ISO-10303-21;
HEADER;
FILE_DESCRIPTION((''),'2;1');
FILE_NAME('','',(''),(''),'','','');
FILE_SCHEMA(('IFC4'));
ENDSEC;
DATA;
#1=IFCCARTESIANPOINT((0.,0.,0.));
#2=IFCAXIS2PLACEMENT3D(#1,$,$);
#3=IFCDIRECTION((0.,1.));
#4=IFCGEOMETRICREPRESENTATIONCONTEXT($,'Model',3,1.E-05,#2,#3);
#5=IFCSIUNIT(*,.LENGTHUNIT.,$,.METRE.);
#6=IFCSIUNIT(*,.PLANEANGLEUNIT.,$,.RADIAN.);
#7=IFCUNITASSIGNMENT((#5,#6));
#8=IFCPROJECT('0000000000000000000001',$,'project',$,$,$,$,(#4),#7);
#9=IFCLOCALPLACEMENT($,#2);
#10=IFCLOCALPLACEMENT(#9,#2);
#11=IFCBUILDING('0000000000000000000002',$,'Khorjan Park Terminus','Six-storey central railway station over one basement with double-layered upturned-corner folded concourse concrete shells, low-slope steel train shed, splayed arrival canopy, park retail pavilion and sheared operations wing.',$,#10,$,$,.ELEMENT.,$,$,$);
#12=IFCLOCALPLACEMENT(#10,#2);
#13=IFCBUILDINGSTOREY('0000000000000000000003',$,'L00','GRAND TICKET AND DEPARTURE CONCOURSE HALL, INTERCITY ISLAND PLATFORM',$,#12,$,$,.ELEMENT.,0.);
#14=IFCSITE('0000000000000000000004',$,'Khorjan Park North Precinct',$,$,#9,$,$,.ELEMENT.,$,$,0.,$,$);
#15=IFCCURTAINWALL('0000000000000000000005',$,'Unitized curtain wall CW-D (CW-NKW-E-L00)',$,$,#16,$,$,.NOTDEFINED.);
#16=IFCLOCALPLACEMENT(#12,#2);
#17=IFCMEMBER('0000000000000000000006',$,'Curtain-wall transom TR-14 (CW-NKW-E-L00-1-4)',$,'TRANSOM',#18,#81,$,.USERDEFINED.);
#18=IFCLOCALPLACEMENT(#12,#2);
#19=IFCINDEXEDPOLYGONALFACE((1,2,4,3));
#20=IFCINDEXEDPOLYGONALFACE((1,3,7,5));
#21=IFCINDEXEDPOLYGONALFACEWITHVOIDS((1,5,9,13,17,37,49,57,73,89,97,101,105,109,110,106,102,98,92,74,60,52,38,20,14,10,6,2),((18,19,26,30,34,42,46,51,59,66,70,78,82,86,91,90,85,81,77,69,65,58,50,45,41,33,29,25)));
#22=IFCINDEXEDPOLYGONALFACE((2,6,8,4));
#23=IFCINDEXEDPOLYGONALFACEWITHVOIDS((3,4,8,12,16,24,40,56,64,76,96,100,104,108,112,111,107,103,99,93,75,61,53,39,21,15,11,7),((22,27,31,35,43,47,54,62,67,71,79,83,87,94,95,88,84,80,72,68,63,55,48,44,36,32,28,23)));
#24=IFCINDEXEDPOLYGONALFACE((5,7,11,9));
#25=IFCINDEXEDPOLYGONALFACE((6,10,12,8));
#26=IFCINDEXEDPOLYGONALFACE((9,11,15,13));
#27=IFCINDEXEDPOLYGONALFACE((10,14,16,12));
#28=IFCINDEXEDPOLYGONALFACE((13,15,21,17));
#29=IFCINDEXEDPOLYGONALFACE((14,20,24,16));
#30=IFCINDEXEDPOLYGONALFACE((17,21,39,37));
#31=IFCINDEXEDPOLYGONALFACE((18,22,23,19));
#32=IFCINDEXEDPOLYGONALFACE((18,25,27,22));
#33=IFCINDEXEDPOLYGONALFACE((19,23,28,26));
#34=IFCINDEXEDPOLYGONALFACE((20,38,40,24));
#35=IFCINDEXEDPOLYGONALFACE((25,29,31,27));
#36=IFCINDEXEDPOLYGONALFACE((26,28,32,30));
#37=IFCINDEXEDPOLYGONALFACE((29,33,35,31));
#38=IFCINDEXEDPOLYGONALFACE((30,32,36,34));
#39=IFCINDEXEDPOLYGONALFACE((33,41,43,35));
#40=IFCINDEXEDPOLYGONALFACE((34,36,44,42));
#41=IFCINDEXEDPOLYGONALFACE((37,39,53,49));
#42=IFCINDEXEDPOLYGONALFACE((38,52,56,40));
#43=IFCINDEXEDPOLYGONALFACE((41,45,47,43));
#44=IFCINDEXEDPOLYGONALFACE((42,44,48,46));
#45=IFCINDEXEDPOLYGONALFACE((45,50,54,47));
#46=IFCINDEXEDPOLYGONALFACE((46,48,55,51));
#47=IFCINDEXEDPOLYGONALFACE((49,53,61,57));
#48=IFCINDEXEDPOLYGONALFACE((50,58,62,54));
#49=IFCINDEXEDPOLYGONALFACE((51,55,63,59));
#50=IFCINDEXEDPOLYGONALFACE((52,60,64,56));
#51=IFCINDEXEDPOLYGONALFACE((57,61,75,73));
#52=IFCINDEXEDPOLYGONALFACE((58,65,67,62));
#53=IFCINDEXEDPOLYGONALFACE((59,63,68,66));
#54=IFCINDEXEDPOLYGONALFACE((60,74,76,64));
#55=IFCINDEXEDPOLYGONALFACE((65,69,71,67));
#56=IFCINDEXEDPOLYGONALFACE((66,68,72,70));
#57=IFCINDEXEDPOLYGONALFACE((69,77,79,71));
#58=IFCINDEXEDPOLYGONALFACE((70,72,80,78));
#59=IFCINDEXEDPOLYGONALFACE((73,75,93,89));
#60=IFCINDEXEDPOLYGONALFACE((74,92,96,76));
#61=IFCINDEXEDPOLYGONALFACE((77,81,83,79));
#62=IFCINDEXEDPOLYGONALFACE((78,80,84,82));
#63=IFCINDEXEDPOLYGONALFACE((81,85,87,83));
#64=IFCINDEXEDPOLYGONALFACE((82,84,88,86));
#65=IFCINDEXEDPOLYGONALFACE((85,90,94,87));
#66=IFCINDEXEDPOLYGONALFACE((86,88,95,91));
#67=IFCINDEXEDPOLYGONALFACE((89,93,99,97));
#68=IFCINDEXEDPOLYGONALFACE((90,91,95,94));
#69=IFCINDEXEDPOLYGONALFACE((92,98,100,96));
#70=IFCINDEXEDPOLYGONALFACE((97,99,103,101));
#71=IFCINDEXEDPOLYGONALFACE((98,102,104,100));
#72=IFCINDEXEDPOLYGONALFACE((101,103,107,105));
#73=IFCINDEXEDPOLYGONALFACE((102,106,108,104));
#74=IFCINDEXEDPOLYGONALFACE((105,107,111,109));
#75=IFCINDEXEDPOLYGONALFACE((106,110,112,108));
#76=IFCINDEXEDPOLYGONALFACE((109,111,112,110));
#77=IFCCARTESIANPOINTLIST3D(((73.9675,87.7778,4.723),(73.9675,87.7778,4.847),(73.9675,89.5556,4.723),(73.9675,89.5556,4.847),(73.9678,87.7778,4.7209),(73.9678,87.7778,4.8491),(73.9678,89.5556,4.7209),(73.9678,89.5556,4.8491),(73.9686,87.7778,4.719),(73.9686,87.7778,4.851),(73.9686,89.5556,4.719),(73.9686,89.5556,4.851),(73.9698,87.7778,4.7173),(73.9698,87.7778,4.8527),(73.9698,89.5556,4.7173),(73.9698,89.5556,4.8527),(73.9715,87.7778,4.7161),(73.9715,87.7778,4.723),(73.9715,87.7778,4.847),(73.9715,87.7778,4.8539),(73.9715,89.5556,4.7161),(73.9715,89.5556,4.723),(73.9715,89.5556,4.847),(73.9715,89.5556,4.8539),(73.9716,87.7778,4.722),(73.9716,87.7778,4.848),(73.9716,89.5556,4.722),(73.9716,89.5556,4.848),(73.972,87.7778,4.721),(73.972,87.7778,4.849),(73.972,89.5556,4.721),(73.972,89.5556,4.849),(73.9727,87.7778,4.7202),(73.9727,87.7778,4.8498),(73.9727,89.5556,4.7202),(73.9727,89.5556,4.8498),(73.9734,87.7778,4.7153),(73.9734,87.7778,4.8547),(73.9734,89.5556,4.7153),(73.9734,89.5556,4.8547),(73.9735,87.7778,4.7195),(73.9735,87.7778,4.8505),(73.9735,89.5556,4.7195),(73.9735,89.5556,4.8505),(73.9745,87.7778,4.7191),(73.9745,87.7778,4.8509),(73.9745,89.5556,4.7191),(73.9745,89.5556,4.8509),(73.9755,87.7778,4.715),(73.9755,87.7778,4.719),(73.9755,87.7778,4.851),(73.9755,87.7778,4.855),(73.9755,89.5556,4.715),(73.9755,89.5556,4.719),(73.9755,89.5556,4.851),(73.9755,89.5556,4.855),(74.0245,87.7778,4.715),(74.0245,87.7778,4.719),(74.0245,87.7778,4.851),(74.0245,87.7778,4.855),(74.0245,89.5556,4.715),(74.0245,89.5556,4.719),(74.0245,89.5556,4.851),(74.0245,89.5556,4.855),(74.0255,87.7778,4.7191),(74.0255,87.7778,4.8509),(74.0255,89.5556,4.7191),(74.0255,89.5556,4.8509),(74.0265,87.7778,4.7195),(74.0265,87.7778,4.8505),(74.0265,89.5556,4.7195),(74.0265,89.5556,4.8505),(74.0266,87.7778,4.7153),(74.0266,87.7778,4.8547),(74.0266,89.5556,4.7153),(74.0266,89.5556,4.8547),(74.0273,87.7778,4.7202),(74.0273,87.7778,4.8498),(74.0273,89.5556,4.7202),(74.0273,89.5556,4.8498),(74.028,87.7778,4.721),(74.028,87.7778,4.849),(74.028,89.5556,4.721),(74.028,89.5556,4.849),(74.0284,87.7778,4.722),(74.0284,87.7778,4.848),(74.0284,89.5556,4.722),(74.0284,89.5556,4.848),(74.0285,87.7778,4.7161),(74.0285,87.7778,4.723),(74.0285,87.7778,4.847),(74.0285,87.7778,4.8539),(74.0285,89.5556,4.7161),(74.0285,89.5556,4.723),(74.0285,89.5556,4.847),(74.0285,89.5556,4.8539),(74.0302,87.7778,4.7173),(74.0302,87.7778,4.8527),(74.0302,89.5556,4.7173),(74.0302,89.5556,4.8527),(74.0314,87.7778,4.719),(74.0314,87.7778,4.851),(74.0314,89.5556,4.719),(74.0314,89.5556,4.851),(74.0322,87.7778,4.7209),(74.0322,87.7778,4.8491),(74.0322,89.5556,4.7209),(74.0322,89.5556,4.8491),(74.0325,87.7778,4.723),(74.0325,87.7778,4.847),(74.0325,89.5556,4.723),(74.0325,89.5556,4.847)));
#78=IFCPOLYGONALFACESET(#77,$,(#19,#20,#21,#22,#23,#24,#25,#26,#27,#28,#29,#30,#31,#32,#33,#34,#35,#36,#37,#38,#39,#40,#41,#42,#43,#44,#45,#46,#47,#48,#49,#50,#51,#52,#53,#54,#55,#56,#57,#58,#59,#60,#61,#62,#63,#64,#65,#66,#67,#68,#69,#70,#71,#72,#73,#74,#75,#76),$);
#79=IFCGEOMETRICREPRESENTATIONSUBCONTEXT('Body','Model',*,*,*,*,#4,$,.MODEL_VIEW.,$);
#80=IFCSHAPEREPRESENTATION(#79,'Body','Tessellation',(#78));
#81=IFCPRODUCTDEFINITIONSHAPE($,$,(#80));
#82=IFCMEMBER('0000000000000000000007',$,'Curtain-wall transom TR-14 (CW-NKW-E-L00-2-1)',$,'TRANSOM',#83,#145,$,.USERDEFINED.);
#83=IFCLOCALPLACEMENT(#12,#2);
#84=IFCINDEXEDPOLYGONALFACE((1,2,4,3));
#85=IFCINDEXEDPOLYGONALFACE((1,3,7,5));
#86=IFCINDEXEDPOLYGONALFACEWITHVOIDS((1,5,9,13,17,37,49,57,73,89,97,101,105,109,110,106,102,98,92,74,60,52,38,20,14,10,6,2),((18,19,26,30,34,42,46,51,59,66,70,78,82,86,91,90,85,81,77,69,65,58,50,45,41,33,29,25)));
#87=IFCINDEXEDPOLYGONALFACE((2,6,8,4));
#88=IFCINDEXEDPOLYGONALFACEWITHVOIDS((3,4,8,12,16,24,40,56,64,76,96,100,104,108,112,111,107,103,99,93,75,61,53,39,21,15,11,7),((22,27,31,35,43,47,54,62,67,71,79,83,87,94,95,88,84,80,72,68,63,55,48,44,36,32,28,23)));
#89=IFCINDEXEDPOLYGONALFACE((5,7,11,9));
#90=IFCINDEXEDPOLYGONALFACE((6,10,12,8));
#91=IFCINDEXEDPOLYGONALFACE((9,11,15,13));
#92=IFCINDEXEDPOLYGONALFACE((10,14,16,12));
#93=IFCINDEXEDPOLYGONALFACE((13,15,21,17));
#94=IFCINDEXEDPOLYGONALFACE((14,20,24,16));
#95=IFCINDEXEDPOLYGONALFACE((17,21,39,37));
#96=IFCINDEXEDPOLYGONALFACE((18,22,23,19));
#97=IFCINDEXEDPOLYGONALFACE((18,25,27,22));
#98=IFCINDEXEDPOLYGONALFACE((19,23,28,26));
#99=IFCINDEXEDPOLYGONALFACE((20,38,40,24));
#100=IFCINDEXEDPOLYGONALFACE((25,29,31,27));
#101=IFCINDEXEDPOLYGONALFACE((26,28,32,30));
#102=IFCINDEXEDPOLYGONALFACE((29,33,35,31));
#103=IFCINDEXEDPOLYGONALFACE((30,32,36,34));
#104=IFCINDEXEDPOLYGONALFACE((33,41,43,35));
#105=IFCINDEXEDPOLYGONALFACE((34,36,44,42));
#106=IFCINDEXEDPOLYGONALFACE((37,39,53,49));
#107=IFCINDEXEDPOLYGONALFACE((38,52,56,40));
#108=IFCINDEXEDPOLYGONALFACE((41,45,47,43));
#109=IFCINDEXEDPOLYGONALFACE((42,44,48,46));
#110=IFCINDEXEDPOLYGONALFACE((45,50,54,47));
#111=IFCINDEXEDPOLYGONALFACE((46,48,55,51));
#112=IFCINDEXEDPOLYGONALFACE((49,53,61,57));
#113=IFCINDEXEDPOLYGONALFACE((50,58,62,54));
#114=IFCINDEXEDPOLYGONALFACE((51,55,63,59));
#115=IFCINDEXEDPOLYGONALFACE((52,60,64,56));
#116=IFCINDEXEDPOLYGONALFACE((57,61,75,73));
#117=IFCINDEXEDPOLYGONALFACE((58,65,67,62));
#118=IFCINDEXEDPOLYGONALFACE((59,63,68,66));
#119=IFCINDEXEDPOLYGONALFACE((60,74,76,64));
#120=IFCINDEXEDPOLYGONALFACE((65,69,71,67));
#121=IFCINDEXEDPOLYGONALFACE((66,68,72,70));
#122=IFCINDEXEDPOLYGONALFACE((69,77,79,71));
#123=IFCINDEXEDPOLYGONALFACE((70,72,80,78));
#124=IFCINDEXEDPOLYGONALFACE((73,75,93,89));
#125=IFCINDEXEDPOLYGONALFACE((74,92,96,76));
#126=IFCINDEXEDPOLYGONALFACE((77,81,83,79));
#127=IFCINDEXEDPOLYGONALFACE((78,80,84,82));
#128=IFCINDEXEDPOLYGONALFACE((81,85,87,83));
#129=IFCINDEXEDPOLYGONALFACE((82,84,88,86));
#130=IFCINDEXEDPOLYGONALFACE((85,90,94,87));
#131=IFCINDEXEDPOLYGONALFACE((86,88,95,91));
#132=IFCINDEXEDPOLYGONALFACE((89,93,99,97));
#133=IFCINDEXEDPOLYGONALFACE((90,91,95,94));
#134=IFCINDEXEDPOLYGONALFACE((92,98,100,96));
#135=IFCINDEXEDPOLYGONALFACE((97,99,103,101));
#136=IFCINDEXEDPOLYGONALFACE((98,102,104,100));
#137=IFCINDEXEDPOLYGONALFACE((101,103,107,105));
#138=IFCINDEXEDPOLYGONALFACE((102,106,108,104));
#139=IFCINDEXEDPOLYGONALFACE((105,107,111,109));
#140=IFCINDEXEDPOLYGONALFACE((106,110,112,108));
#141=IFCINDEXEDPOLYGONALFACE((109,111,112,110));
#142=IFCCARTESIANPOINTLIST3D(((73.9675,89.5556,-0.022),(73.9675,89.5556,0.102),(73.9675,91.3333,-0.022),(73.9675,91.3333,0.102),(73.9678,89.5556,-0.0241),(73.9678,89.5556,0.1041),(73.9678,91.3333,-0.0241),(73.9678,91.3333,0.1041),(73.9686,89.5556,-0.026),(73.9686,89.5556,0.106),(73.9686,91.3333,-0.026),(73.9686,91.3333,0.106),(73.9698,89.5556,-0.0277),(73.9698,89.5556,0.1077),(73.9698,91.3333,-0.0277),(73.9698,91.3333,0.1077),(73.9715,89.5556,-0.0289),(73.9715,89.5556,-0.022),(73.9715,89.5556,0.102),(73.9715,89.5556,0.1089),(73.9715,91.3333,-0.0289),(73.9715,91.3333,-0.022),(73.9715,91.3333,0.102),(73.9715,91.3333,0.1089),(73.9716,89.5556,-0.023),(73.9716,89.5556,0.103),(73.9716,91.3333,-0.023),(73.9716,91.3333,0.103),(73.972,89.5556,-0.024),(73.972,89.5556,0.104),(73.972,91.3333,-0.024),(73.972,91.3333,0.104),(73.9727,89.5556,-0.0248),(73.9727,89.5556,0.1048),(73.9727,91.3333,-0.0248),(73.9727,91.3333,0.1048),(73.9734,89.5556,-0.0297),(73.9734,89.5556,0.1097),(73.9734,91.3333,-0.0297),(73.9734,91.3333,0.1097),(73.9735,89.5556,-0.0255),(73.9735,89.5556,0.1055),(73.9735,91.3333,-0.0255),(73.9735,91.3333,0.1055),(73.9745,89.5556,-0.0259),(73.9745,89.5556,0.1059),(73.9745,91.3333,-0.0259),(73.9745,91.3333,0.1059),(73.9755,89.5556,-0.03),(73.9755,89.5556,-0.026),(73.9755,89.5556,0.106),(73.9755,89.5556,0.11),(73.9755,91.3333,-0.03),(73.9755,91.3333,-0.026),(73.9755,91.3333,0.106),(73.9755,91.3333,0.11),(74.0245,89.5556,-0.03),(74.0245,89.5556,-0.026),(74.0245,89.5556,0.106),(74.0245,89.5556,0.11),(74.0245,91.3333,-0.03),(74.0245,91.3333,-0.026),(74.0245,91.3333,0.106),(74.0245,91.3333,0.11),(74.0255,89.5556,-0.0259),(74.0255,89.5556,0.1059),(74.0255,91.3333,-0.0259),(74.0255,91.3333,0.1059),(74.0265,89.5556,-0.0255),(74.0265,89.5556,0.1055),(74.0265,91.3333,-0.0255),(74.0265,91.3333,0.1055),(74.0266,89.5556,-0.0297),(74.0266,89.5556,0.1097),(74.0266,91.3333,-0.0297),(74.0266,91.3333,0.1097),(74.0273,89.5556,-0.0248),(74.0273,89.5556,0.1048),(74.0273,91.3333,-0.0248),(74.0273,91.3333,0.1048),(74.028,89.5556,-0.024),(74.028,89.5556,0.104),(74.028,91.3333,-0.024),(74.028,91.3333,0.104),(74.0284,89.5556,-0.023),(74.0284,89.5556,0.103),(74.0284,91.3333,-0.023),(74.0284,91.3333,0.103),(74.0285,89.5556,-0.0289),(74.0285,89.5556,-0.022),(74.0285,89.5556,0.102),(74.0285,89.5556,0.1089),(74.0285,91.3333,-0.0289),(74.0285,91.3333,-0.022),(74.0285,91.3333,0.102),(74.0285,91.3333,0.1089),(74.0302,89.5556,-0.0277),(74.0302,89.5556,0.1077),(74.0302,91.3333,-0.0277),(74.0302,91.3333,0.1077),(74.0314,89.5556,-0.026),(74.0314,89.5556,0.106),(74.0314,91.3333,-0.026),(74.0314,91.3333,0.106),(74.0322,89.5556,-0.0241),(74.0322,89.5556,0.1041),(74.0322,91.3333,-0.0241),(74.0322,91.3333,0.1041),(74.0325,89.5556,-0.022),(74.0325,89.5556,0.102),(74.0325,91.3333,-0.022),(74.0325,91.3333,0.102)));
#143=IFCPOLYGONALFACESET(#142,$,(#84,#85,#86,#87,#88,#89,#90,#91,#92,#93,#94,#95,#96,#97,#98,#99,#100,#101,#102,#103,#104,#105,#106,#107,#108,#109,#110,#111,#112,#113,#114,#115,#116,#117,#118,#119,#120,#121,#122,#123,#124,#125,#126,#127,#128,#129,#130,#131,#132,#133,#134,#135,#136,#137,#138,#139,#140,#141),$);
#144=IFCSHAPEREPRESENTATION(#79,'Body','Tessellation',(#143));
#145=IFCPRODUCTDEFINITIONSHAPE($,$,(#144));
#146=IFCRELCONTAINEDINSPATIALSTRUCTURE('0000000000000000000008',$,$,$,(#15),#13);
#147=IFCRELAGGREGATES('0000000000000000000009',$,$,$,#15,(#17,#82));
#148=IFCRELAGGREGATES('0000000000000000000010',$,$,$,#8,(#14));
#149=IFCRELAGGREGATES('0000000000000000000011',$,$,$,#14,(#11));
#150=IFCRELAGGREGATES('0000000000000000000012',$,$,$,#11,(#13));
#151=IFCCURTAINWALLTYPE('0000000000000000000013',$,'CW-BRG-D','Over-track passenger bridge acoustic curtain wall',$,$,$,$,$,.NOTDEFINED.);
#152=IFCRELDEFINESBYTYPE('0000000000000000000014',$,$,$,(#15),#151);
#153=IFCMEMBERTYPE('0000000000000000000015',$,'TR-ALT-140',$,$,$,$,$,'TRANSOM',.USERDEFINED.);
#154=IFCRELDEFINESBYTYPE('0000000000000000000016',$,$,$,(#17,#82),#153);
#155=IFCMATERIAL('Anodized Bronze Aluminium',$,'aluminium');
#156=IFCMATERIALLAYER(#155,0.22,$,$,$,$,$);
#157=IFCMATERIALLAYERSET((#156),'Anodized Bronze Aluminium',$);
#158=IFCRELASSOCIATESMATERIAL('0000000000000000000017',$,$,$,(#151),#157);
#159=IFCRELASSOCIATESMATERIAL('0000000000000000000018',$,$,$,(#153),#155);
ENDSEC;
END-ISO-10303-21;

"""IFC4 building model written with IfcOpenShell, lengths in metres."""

from ifc_helpers import new_model, si_unit, direction, frame, origin, origin_2d, place, context, subcontext, project, spatial, hollow_rectangle, extrude, material, layer, layer_set, material_profile, profile_set, type_object, element, aggregate, save


model = new_model("IFC4")

# Units and contexts
model_context = context("Model", 3, precision=1e-05, world=origin(), true_north=direction((0.0, 1.0)))
body_context = subcontext(model_context, "Body", "Model", "MODEL_VIEW")
ifc_project = project(units=[si_unit("LENGTHUNIT", "METRE"), si_unit("PLANEANGLEUNIT", "RADIAN")], contexts=[model_context])

# Site, building, storey
site_placement = place(None, origin())
site = spatial("IfcSite", under=ifc_project, at=site_placement, Name="Khorjan Park North Precinct", CompositionType="ELEMENT", RefElevation=0.0)
building_placement = place(site_placement, origin())
building = spatial("IfcBuilding", under=site, at=building_placement, Name="Khorjan Park Terminus", Description="Six-storey central railway station over one basement with double-layered upturned-corner folded concourse concrete shells, low-slope steel train shed, splayed arrival canopy, park retail pavilion and sheared operations wing.", CompositionType="ELEMENT")
storey_placement = place(building_placement, origin())
storey = spatial("IfcBuildingStorey", under=building, at=storey_placement, Name="L00", Description="GRAND TICKET AND DEPARTURE CONCOURSE HALL, INTERCITY ISLAND PLATFORM", CompositionType="ELEMENT", Elevation=0.0)

# Curtain wall, members
ifc_material_1 = material(Name="Anodized Bronze Aluminium", Category="aluminium")
ifc_layer_1 = layer(ifc_material_1, 0.22)
ifc_layer_set_1 = layer_set([ifc_layer_1], Name="Anodized Bronze Aluminium")
curtain_wall_type = type_object("IfcCurtainWallType", Name="CW-BRG-D", Description="Over-track passenger bridge acoustic curtain wall", PredefinedType="NOTDEFINED", material=ifc_layer_set_1)
curtain_wall_placement = place(storey_placement, origin())
curtain_wall = element("IfcCurtainWall", 1, at=curtain_wall_placement, inside=storey, type_object=curtain_wall_type, Name="Unitized curtain wall CW-D (CW-NKW-E-L00)", PredefinedType="NOTDEFINED")
ifc_material_profile_1 = material_profile(ifc_material_1, hollow_rectangle(XDim=0.065, YDim=0.14, WallThickness=0.004, InnerFilletRadius=0.004, OuterFilletRadius=0.008, at=origin_2d()), Name="ALT 65x140x4")
ifc_profile_set_1 = profile_set([ifc_material_profile_1], Name="Anodized Bronze Aluminium")
member_type_1 = type_object("IfcMemberType", Name="TR-ALT-140", ElementType="TRANSOM", PredefinedType="USERDEFINED", material=ifc_profile_set_1)
member_1_placement = place(storey_placement, frame((74.0, 87.7778, 4.785), z_axis=(0.0, 1.0, 0.0), x_axis=(-1.0, 0.0, 0.0)))
member_1 = element("IfcMember", 2, at=member_1_placement, type_object=member_type_1, Name="Curtain-wall transom TR-14 (CW-NKW-E-L00-1-4)", ObjectType="TRANSOM", PredefinedType="USERDEFINED", context=body_context, shape_type="SweptSolid", body=[
    extrude(hollow_rectangle(XDim=0.065, YDim=0.14, WallThickness=0.004, InnerFilletRadius=0.004, OuterFilletRadius=0.008, at=origin_2d()), origin(), (0.0, 0.0, 1.0), 1.7778),
])
member_2_placement = place(storey_placement, frame((74.0, 89.5556, 0.04), z_axis=(0.0, 1.0, 0.0), x_axis=(-1.0, 0.0, 0.0)))
member_2 = element("IfcMember", 3, at=member_2_placement, type_object=member_type_1, Name="Curtain-wall transom TR-14 (CW-NKW-E-L00-2-1)", ObjectType="TRANSOM", PredefinedType="USERDEFINED", context=body_context, shape_type="SweptSolid", body=[
    extrude(hollow_rectangle(XDim=0.065, YDim=0.14, WallThickness=0.004, InnerFilletRadius=0.004, OuterFilletRadius=0.008, at=origin_2d()), origin(), (0.0, 0.0, 1.0), 1.7777),
])
aggregate(curtain_wall, [member_1, member_2])

save(model, "model.ifc")
